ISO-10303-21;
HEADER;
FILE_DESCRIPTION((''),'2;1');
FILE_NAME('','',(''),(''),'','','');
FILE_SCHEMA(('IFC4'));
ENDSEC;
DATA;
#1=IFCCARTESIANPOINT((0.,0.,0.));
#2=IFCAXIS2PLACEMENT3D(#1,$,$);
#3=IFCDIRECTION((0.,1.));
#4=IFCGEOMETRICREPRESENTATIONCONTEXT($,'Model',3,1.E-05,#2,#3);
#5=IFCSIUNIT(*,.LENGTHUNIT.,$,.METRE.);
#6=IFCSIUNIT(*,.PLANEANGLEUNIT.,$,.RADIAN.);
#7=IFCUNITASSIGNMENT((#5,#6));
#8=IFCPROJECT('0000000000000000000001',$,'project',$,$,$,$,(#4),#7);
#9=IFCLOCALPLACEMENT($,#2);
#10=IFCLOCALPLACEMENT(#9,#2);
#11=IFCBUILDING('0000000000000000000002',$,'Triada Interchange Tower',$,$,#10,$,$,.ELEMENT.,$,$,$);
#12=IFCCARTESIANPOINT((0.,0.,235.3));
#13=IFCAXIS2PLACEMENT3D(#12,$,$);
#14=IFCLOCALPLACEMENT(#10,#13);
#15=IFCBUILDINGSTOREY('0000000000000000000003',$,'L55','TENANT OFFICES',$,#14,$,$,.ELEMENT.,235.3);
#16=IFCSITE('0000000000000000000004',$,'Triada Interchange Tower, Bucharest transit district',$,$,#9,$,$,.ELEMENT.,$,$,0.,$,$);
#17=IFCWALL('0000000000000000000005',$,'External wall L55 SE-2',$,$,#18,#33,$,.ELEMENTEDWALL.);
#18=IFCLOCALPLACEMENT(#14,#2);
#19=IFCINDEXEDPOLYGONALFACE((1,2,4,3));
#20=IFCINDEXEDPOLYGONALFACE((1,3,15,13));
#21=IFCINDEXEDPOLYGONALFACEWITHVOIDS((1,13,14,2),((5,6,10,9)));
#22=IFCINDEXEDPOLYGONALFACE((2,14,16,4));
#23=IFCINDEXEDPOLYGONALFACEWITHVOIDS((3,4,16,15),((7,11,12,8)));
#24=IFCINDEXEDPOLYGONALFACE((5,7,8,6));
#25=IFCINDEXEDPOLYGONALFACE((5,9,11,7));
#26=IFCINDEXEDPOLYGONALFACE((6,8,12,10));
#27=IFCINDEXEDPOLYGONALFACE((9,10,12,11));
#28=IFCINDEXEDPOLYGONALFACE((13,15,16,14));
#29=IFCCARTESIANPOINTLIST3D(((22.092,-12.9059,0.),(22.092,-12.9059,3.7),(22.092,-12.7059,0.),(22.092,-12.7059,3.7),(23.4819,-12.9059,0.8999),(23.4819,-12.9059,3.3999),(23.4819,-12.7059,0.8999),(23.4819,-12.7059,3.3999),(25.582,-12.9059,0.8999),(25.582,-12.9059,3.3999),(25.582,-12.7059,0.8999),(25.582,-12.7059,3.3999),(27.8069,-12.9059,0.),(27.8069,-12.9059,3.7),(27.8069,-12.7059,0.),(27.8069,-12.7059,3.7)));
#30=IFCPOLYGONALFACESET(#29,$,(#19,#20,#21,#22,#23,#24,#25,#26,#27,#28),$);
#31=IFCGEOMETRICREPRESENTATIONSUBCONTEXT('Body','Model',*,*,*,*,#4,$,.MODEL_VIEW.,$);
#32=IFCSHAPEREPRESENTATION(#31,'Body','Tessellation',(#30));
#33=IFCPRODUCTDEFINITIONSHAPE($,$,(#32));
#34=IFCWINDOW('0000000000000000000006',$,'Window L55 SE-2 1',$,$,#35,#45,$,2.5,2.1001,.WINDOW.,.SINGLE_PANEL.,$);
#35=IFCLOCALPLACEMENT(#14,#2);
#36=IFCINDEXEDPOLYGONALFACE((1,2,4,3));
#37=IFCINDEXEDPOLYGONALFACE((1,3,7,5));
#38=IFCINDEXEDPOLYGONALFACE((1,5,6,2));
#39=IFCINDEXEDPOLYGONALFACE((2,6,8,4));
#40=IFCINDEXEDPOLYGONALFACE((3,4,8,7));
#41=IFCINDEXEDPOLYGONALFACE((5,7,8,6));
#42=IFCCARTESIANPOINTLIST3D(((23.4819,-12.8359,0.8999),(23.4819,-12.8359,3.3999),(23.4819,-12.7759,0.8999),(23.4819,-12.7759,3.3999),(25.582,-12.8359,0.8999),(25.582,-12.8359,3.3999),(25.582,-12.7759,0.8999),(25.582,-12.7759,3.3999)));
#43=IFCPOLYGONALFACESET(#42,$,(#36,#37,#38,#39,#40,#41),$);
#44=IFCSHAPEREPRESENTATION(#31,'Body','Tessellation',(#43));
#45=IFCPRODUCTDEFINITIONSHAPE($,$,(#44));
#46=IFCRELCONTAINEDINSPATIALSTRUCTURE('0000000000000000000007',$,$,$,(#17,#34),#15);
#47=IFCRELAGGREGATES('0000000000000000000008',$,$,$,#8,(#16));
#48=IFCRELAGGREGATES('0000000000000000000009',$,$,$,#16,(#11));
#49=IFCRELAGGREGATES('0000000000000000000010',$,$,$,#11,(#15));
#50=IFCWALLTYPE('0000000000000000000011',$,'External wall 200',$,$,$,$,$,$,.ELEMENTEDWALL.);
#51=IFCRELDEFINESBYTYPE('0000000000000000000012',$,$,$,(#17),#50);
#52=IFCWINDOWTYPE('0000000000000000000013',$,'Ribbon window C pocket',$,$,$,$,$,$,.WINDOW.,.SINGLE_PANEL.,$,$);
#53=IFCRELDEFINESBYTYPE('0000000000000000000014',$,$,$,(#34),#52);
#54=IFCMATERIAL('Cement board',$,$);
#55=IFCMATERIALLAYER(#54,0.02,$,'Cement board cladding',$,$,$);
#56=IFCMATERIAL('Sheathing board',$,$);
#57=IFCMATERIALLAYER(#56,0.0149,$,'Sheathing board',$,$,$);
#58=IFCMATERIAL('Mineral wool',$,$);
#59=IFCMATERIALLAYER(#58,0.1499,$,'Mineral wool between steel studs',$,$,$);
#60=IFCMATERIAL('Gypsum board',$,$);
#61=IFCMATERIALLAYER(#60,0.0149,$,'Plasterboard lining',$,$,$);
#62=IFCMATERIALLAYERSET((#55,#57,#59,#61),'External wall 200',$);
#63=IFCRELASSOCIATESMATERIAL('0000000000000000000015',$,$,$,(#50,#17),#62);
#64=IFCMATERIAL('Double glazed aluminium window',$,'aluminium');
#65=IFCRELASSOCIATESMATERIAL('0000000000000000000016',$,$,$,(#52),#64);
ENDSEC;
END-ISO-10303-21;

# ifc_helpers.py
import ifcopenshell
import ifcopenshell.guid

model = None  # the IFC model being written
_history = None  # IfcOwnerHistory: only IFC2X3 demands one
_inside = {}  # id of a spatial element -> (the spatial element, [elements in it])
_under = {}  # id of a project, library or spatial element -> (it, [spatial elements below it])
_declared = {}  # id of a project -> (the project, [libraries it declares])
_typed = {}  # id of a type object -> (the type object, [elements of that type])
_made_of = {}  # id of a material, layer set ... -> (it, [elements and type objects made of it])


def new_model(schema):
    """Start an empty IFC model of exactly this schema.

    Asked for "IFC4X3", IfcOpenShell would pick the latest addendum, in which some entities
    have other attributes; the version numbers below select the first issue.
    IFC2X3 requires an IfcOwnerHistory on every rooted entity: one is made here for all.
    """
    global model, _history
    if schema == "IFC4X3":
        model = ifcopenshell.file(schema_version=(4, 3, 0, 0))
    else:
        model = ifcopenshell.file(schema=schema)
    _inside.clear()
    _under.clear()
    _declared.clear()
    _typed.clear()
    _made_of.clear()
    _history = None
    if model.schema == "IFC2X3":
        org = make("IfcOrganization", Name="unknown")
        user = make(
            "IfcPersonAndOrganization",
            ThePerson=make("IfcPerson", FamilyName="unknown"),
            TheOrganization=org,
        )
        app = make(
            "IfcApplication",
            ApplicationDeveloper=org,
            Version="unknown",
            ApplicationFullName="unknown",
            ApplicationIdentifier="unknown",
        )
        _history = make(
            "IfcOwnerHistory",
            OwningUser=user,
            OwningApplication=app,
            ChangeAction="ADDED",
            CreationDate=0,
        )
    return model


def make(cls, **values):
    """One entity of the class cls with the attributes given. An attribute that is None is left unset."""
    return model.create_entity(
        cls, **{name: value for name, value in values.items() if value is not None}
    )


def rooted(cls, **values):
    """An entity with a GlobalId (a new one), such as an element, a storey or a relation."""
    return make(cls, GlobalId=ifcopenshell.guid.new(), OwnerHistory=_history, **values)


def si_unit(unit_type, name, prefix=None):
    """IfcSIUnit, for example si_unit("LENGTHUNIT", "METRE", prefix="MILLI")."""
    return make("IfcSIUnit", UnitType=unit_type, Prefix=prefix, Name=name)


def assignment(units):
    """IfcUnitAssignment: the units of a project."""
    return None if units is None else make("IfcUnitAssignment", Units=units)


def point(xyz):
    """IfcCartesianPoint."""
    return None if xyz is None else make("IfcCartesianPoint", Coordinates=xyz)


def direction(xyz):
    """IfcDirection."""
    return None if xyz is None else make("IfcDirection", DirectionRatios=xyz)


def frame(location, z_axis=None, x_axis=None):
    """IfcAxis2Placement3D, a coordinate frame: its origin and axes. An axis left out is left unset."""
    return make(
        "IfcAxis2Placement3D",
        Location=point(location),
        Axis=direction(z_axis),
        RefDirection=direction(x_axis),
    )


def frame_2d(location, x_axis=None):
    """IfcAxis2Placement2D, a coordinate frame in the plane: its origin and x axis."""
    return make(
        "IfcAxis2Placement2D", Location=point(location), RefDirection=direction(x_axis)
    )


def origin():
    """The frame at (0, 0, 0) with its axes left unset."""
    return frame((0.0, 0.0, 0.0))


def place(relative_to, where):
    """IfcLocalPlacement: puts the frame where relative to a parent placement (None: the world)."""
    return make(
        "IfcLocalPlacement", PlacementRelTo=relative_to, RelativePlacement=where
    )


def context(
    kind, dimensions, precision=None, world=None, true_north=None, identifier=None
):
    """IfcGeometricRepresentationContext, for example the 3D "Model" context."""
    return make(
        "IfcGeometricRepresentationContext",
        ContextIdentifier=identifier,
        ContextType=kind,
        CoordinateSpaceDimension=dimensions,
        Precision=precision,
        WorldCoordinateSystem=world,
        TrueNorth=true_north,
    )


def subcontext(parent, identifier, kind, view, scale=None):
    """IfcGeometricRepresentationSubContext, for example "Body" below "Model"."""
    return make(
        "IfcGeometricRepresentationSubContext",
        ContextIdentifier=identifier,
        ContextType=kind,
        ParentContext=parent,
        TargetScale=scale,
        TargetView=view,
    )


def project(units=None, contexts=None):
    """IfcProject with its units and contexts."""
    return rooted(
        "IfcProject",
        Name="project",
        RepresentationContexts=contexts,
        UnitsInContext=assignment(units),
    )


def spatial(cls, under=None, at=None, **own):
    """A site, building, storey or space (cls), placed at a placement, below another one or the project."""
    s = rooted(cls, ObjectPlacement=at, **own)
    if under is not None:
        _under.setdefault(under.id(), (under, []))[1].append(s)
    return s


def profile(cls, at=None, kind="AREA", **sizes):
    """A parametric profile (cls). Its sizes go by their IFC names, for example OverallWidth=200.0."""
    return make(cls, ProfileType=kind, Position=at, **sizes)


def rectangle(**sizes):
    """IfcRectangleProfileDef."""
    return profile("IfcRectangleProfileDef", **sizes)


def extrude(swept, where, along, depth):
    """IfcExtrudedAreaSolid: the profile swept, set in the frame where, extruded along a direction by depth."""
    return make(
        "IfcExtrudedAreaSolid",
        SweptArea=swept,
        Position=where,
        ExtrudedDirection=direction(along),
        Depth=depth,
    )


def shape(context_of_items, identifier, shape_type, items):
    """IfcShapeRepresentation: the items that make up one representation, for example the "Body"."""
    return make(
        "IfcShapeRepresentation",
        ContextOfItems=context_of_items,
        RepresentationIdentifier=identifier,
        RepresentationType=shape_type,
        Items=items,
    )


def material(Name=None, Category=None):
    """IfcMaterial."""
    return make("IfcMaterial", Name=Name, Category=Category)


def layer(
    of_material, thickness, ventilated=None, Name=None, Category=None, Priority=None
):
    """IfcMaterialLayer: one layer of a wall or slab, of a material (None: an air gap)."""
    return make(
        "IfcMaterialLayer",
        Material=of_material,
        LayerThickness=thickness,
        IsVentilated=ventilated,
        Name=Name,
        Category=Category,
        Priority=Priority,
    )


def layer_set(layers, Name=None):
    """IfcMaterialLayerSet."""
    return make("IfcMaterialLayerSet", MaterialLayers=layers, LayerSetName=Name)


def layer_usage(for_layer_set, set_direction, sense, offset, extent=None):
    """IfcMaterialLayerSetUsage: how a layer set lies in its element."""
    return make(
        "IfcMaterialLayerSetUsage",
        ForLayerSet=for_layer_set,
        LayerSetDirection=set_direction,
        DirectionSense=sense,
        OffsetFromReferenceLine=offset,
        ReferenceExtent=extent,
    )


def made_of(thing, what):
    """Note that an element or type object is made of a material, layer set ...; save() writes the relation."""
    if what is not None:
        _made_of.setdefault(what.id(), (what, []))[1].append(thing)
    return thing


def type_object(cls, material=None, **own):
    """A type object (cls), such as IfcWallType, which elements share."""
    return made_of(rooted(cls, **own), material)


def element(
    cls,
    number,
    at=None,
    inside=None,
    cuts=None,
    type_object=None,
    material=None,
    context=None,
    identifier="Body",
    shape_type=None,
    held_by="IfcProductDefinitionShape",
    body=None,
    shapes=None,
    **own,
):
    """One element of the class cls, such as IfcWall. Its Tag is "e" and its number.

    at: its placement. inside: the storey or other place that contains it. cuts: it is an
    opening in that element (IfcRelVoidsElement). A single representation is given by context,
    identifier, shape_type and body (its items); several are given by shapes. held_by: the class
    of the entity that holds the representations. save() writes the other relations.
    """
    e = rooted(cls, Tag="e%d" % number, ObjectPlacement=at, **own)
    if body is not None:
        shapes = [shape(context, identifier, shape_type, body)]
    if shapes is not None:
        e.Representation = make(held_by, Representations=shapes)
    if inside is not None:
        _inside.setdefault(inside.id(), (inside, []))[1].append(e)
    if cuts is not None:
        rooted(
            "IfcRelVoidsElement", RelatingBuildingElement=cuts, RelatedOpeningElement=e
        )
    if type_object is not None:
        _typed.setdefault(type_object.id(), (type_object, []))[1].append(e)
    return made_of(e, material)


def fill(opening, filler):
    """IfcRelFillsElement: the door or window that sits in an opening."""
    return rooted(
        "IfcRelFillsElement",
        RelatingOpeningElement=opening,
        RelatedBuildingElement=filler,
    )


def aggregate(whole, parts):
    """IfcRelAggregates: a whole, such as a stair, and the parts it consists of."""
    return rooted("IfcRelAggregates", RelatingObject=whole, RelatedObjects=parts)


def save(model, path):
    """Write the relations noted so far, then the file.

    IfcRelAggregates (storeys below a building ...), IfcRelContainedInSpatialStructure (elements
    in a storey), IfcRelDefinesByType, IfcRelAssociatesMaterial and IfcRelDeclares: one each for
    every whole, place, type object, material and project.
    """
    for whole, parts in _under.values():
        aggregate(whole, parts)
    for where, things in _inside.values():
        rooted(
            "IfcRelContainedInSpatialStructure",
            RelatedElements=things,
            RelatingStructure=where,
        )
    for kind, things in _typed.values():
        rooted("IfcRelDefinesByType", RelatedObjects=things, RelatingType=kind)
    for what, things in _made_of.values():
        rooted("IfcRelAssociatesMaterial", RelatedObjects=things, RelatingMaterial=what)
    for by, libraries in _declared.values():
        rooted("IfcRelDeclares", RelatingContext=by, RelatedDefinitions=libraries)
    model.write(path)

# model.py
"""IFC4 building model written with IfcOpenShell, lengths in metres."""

from ifc_helpers import new_model, si_unit, direction, frame, frame_2d, origin, place, context, subcontext, project, spatial, rectangle, extrude, material, layer, layer_set, layer_usage, type_object, element, fill, save


model = new_model("IFC4")

# Units and contexts
model_context = context("Model", 3, precision=1e-05, world=origin(), true_north=direction((0.0, 1.0)))
body_context = subcontext(model_context, "Body", "Model", "MODEL_VIEW")
ifc_project = project(units=[si_unit("LENGTHUNIT", "METRE"), si_unit("PLANEANGLEUNIT", "RADIAN")], contexts=[model_context])

# Site, building, storey
site_placement = place(None, origin())
site = spatial("IfcSite", under=ifc_project, at=site_placement, Name="Triada Interchange Tower, Bucharest transit district", CompositionType="ELEMENT", RefElevation=0.0)
building_placement = place(site_placement, origin())
building = spatial("IfcBuilding", under=site, at=building_placement, Name="Triada Interchange Tower", CompositionType="ELEMENT")
storey_placement = place(building_placement, frame((0.0, 0.0, 235.3)))
storey = spatial("IfcBuildingStorey", under=building, at=storey_placement, Name="L55", Description="TENANT OFFICES", CompositionType="ELEMENT", Elevation=235.3)

# Wall, opening, window
ifc_material_1 = material(Name="Cement board")
ifc_layer_1 = layer(ifc_material_1, 0.02, Name="Cement board cladding")
ifc_material_2 = material(Name="Sheathing board")
ifc_layer_2 = layer(ifc_material_2, 0.0149, Name="Sheathing board")
ifc_material_3 = material(Name="Mineral wool")
ifc_layer_3 = layer(ifc_material_3, 0.1499, Name="Mineral wool between steel studs")
ifc_material_4 = material(Name="Gypsum board")
ifc_layer_4 = layer(ifc_material_4, 0.0149, Name="Plasterboard lining")
ifc_layer_set_1 = layer_set([ifc_layer_1, ifc_layer_2, ifc_layer_3, ifc_layer_4], Name="External wall 200")
ifc_layer_usage = layer_usage(ifc_layer_set_1, "AXIS2", "POSITIVE", -0.1001)
wall_type_1 = type_object("IfcWallType", Name="External wall 200", PredefinedType="ELEMENTEDWALL", material=ifc_layer_set_1)
ifc_material_5 = material(Name="Double glazed aluminium window", Category="aluminium")
window_type_1 = type_object("IfcWindowType", Name="Ribbon window C pocket", PartitioningType="SINGLE_PANEL", PredefinedType="WINDOW", material=ifc_material_5)
wall_1_placement = place(storey_placement, frame((22.092, -12.8059, 0.0), z_axis=(0.0, 0.0, 1.0), x_axis=(1.0, 0.0, 0.0)))
wall_1 = element("IfcWall", 1, at=wall_1_placement, inside=storey, type_object=wall_type_1, material=ifc_layer_usage, Name="External wall L55 SE-2", PredefinedType="ELEMENTEDWALL", context=body_context, shape_type="SweptSolid", body=[
    extrude(rectangle(XDim=5.7148, YDim=0.2, at=frame_2d((2.8574, 0.0))), origin(), (0.0, 0.0, 1.0), 3.7),
])
opening_1_placement = place(wall_1_placement, frame((1.3899, 0.0, 0.8999)))
opening_1 = element("IfcOpeningElement", 2, at=opening_1_placement, cuts=wall_1, PredefinedType="OPENING", context=body_context, shape_type="SweptSolid", body=[
    extrude(rectangle(XDim=2.1001, YDim=2.5, at=frame_2d((1.05, 1.25))), frame((0.0, 0.1099, 0.0), z_axis=(0.0, -1.0, 0.0), x_axis=(1.0, 0.0, 0.0)), (0.0, 0.0, 1.0), 0.22),
])
window_1_placement = place(opening_1_placement, origin())
window_1 = element("IfcWindow", 3, at=window_1_placement, inside=storey, type_object=window_type_1, Name="Window L55 SE-2 1", OverallHeight=2.5, OverallWidth=2.1001, PartitioningType="SINGLE_PANEL", PredefinedType="WINDOW", context=body_context, shape_type="SweptSolid", body=[
    extrude(rectangle(XDim=2.1001, YDim=2.5, at=frame_2d((1.05, 1.25))), frame((0.0, 0.03, 0.0), z_axis=(0.0, -1.0, 0.0), x_axis=(1.0, 0.0, 0.0)), (0.0, 0.0, 1.0), 0.0601),
])
fill(opening_1, window_1)

save(model, "model.ifc")
